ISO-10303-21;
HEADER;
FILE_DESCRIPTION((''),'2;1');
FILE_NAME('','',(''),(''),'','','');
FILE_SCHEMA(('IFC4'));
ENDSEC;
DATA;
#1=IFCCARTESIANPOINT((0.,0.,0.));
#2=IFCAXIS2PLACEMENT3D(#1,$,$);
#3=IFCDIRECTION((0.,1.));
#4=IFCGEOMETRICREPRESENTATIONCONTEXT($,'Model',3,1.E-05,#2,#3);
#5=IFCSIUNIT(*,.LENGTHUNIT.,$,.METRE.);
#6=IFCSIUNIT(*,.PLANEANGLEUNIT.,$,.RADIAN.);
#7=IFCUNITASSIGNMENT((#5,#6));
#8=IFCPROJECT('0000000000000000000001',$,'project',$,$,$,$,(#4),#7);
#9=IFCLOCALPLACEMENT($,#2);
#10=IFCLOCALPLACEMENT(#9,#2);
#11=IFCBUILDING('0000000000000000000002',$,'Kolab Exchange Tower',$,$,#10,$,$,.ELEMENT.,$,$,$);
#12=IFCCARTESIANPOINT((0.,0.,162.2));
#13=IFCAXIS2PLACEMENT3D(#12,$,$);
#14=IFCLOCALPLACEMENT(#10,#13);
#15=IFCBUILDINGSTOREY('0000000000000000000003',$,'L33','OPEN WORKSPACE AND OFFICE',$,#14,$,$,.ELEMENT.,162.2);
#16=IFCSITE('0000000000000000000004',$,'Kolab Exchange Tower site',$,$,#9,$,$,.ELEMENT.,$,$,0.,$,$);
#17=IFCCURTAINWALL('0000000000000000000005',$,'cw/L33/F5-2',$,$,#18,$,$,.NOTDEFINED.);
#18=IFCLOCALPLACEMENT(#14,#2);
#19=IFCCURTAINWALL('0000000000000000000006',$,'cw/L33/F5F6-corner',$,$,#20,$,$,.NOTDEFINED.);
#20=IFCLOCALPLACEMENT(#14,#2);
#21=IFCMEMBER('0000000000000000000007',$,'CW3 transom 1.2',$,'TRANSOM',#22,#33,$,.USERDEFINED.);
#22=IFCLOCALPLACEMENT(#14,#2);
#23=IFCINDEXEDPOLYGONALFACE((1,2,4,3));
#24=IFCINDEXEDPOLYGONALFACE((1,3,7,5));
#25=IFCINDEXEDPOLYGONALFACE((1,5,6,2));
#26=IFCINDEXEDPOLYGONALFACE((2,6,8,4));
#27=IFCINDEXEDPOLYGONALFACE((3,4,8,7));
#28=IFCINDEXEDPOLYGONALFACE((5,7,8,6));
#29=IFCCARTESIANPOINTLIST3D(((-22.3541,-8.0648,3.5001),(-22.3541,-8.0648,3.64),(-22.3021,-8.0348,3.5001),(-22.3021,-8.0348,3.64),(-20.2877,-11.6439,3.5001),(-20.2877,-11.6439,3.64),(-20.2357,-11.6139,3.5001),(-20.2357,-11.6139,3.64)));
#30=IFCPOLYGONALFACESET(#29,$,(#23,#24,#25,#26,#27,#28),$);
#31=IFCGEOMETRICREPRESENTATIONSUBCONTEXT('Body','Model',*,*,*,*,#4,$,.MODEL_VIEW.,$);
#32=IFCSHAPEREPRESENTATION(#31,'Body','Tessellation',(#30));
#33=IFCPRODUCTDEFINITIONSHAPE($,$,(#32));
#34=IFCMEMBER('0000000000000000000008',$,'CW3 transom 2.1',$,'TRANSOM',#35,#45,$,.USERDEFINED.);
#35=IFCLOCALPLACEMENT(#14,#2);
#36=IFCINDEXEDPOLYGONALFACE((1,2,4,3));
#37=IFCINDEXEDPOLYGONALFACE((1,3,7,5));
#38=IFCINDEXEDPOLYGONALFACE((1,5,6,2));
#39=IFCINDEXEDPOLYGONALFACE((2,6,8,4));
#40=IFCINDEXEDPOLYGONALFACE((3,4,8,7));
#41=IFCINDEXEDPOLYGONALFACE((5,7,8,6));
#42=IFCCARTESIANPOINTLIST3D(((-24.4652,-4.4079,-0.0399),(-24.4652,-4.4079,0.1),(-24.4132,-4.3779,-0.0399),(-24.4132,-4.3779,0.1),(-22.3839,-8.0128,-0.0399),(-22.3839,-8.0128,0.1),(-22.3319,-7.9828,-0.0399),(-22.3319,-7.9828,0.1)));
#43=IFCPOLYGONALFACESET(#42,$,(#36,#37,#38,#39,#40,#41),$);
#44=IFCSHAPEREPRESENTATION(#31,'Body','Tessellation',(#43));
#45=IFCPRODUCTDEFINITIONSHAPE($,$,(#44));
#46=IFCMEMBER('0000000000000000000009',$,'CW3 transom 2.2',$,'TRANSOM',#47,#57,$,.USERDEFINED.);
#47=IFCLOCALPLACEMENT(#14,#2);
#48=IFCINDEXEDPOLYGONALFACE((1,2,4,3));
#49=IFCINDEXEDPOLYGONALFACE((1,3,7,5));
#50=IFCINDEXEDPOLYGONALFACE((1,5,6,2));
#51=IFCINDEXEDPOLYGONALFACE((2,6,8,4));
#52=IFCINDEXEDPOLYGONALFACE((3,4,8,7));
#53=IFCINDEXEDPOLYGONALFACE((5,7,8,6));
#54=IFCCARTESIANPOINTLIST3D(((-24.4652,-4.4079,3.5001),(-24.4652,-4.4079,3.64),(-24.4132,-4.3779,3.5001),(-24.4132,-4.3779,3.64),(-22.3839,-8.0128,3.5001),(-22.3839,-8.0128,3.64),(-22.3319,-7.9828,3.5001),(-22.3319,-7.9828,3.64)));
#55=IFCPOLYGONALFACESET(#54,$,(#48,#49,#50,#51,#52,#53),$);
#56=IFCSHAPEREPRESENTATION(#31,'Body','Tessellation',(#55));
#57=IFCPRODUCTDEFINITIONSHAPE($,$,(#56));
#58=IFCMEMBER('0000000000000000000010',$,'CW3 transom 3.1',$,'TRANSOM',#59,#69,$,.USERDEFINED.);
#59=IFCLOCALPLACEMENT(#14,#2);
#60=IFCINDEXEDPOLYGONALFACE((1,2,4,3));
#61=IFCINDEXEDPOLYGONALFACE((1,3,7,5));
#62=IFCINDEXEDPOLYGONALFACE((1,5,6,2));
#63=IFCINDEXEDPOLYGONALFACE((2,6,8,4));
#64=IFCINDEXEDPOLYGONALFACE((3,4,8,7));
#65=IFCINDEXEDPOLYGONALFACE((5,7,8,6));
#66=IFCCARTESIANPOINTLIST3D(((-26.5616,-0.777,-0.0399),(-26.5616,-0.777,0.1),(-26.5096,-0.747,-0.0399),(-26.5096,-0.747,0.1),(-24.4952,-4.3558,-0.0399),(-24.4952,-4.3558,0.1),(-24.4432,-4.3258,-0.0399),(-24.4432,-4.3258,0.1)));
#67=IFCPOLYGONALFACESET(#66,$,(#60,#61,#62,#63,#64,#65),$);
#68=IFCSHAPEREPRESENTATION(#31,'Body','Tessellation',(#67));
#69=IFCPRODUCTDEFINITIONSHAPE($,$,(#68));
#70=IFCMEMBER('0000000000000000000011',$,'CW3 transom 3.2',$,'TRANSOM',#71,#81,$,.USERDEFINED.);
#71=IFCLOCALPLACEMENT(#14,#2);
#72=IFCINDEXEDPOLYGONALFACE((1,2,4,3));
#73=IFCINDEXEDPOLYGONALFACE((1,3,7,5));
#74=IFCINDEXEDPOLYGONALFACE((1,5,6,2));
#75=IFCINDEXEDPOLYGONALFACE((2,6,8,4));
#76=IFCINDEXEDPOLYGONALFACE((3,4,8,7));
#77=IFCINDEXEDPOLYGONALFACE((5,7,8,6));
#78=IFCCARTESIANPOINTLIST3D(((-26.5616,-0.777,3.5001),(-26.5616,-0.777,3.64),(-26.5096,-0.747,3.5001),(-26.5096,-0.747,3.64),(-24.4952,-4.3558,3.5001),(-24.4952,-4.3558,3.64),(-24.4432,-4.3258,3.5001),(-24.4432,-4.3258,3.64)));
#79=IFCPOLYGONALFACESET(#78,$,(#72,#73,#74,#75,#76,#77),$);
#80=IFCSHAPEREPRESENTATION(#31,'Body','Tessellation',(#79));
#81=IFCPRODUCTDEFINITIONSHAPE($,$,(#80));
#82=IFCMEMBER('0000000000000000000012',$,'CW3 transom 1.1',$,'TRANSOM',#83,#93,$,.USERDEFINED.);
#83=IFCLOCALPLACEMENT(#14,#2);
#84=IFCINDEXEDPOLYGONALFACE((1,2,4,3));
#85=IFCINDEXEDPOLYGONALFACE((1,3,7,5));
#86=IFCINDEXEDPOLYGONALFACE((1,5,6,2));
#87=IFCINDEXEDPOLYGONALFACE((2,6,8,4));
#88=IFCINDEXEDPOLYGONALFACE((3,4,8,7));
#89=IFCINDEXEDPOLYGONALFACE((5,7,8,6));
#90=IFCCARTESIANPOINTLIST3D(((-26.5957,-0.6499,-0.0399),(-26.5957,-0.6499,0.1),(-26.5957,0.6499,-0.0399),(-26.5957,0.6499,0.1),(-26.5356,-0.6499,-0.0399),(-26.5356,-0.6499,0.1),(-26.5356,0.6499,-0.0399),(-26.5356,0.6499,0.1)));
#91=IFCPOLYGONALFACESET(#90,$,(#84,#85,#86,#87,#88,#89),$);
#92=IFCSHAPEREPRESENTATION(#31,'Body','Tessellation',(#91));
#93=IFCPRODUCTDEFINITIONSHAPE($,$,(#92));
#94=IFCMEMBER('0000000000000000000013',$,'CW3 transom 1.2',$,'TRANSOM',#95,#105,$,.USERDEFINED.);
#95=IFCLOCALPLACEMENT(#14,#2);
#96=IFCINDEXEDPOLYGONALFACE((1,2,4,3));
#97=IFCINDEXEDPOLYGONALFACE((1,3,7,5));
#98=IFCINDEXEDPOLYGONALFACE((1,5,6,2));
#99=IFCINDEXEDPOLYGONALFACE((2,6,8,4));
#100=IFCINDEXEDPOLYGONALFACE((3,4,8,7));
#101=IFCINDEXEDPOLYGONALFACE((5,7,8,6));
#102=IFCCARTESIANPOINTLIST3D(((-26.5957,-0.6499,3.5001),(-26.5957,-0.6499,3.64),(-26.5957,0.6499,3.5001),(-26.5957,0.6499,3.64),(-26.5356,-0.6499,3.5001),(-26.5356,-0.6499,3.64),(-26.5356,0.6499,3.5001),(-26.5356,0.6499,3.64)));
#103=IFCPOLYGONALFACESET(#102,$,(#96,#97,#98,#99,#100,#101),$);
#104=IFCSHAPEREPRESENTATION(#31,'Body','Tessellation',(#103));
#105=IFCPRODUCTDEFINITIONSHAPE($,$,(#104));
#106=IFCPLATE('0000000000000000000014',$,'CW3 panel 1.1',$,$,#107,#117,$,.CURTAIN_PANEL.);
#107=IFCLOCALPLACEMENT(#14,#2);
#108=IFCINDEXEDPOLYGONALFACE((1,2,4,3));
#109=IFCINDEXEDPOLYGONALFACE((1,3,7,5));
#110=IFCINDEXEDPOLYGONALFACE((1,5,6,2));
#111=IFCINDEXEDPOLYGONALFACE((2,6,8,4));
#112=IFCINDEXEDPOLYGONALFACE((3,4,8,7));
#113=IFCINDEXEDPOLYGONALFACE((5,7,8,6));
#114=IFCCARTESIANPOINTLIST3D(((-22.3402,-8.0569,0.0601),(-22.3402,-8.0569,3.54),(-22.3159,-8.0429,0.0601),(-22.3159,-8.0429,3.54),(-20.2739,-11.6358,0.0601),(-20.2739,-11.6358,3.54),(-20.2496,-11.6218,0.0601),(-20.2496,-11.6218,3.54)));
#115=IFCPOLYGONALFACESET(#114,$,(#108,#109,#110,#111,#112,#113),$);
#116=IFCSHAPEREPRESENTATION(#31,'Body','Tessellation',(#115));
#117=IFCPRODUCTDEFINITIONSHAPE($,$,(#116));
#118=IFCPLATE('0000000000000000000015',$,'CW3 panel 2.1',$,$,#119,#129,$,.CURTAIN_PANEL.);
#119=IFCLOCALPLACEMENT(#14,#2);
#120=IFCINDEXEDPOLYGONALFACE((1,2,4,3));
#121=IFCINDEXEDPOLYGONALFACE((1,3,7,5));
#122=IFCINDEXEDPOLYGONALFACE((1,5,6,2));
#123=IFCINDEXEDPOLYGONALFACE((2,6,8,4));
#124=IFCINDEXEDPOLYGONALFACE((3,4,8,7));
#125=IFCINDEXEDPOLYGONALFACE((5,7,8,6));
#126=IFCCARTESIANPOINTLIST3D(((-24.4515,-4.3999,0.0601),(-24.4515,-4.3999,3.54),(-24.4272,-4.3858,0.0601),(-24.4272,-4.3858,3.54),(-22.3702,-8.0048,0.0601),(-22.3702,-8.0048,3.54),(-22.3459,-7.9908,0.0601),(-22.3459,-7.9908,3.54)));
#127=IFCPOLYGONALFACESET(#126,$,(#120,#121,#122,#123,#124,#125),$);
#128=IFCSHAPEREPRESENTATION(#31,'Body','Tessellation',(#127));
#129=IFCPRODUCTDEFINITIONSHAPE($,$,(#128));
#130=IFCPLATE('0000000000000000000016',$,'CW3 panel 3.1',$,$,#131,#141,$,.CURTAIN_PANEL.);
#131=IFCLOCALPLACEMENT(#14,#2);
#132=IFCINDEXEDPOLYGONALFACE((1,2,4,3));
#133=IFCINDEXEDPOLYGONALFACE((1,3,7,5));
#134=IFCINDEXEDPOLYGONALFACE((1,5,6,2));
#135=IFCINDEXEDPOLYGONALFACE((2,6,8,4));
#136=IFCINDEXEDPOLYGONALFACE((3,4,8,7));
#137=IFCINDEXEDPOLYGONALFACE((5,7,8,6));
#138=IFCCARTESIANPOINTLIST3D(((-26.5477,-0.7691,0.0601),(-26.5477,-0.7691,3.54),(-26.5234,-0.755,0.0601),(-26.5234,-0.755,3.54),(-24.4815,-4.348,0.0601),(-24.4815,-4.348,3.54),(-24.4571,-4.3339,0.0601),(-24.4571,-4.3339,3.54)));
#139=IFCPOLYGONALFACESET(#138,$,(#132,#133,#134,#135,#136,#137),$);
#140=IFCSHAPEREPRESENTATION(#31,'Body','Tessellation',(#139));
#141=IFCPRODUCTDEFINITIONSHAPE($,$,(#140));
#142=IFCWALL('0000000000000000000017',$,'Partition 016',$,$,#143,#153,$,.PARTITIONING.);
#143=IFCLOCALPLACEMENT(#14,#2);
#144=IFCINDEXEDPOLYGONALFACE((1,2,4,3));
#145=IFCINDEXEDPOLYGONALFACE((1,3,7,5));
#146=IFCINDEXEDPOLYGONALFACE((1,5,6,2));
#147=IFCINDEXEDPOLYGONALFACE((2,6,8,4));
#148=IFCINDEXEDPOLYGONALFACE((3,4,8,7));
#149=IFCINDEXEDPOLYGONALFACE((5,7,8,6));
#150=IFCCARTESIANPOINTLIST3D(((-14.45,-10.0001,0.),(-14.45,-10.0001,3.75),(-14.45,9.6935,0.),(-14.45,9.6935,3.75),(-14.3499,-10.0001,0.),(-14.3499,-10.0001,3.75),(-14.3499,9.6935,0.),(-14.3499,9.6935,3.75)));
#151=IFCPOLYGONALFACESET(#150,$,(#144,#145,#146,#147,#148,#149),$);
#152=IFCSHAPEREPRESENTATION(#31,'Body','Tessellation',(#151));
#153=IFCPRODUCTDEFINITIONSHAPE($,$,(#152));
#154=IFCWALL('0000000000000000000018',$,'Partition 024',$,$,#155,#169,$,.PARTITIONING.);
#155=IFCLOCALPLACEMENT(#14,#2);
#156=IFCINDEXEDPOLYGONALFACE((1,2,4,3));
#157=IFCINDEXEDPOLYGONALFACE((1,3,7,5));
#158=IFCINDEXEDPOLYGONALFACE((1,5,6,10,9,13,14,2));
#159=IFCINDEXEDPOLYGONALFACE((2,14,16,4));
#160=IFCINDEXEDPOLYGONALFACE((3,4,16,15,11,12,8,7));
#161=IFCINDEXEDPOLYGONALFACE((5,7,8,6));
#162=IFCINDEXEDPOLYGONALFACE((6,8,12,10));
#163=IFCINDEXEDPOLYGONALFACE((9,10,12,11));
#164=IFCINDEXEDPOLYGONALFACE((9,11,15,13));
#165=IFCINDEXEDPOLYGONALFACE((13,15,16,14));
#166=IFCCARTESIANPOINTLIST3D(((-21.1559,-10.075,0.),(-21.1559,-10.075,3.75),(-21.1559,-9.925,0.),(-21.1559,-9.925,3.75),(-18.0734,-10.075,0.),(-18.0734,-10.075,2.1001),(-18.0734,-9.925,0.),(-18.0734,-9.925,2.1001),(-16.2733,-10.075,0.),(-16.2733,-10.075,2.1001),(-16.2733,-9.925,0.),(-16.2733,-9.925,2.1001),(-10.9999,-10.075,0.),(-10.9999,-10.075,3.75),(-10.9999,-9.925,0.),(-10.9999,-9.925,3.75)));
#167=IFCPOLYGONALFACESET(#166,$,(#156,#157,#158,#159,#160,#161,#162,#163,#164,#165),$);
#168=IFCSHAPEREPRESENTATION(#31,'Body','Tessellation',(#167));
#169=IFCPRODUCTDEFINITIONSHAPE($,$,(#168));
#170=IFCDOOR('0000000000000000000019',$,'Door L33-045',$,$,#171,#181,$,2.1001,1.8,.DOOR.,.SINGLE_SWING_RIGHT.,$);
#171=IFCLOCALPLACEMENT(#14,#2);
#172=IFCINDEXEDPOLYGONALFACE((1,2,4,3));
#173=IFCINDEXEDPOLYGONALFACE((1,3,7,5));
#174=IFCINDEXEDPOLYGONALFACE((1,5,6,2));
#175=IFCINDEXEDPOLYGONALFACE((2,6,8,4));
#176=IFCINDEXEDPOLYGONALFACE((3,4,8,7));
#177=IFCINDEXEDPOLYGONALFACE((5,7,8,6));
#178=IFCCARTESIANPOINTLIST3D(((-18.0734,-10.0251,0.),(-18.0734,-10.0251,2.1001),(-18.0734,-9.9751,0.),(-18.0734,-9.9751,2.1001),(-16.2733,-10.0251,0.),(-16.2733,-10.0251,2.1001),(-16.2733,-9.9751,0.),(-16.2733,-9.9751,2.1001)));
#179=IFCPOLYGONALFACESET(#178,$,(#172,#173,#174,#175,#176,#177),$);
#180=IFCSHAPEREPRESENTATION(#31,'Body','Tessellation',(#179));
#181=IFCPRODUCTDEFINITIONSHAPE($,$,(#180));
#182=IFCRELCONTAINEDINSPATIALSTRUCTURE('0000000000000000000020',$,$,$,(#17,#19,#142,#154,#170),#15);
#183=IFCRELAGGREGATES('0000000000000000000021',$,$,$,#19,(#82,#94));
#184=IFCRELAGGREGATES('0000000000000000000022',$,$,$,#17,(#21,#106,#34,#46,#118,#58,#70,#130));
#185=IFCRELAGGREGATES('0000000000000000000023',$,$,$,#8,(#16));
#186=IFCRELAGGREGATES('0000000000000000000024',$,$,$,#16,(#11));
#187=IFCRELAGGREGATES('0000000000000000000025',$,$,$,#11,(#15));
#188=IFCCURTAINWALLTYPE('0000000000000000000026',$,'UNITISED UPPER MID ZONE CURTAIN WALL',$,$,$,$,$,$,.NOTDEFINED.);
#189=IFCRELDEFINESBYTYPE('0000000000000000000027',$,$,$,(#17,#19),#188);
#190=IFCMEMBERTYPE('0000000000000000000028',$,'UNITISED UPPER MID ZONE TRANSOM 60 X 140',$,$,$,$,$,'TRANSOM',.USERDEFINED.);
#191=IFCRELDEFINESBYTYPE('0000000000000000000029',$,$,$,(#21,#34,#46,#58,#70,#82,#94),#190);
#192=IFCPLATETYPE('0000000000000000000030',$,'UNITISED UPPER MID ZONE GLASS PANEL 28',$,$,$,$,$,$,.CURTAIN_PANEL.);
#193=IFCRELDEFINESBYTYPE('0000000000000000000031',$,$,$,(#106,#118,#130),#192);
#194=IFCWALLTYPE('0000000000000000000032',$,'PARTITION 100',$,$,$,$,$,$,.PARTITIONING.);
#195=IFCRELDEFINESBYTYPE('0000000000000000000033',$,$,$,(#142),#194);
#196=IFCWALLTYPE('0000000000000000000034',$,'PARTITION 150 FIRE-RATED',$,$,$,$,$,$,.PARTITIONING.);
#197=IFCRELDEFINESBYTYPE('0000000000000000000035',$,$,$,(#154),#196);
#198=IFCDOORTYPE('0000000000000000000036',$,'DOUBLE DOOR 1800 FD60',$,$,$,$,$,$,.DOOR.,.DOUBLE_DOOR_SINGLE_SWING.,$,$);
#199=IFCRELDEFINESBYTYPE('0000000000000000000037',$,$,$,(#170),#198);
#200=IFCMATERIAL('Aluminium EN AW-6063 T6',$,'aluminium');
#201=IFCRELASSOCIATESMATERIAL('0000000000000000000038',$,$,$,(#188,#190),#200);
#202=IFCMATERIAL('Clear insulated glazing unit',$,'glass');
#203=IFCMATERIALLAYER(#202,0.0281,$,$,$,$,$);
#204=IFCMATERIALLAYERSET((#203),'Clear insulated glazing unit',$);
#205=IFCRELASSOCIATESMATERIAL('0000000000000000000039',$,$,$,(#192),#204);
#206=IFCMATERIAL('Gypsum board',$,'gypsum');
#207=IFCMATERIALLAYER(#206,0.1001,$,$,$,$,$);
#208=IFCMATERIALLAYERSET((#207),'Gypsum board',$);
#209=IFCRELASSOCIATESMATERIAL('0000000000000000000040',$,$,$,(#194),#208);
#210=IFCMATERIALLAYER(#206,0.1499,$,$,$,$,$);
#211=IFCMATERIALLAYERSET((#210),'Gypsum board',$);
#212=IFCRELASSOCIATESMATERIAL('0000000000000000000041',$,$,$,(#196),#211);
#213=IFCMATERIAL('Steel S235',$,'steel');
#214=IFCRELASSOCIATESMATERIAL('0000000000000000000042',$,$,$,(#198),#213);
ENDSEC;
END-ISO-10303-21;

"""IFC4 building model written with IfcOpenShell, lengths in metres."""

from ifc_helpers import new_model, si_unit, direction, frame, frame_2d, origin, origin_2d, place, context, subcontext, project, spatial, rectangle, extrude, material, layer, layer_set, material_profile, profile_set, type_object, element, fill, aggregate, save


model = new_model("IFC4")

# Units and contexts
model_context = context("Model", 3, precision=1e-05, world=origin(), true_north=direction((0.0, 1.0)))
body_context = subcontext(model_context, "Body", "Model", "MODEL_VIEW")
ifc_project = project(units=[si_unit("LENGTHUNIT", "METRE"), si_unit("PLANEANGLEUNIT", "RADIAN")], contexts=[model_context])

# Site, building, storey
site_placement = place(None, origin())
site = spatial("IfcSite", under=ifc_project, at=site_placement, Name="Kolab Exchange Tower site", CompositionType="ELEMENT", RefElevation=0.0)
building_placement = place(site_placement, origin())
building = spatial("IfcBuilding", under=site, at=building_placement, Name="Kolab Exchange Tower", CompositionType="ELEMENT")
storey_placement = place(building_placement, frame((0.0, 0.0, 162.2)))
storey = spatial("IfcBuildingStorey", under=building, at=storey_placement, Name="L33", Description="OPEN WORKSPACE AND OFFICE", CompositionType="ELEMENT", Elevation=162.2)

# Curtain wall
ifc_material_1 = material(Name="Aluminium EN AW-6063 T6", Category="aluminium")
curtain_wall_type = type_object("IfcCurtainWallType", Name="UNITISED UPPER MID ZONE CURTAIN WALL", PredefinedType="NOTDEFINED", material=ifc_material_1)
curtain_wall_1_placement = place(storey_placement, origin())
curtain_wall_1 = element("IfcCurtainWall", 1, at=curtain_wall_1_placement, inside=storey, type_object=curtain_wall_type, Name="cw/L33/F5-2", PredefinedType="NOTDEFINED")

# Curtain wall
curtain_wall_2_placement = place(storey_placement, origin())
curtain_wall_2 = element("IfcCurtainWall", 2, at=curtain_wall_2_placement, inside=storey, type_object=curtain_wall_type, Name="cw/L33/F5F6-corner", PredefinedType="NOTDEFINED")

# Members
ifc_material_profile_1 = material_profile(ifc_material_1, rectangle(XDim=0.0601, YDim=0.1399, at=origin_2d()), Name="RECT 60X140")
ifc_profile_set_1 = profile_set([ifc_material_profile_1], Name="Aluminium EN AW-6063 T6")
member_type_1 = type_object("IfcMemberType", Name="UNITISED UPPER MID ZONE TRANSOM 60 X 140", ElementType="TRANSOM", PredefinedType="USERDEFINED", material=ifc_profile_set_1)
member_1_placement = place(storey_placement, frame((-20.2617, -11.6289, 3.5701), z_axis=(-0.500002, 0.866024, 0.0), x_axis=(-0.866024, -0.500002, 0.0)))
member_1 = element("IfcMember", 3, at=member_1_placement, type_object=member_type_1, Name="CW3 transom 1.2", ObjectType="TRANSOM", PredefinedType="USERDEFINED", context=body_context, shape_type="SweptSolid", body=[
    extrude(rectangle(XDim=0.0601, YDim=0.1399, at=origin_2d()), origin(), (0.0, 0.0, 1.0), 4.1328),
])
member_2_placement = place(storey_placement, frame((-22.3579, -7.9978, 0.03), z_axis=(-0.499993, 0.866029, 0.0), x_axis=(-0.866029, -0.499993, 0.0)))
member_2 = element("IfcMember", 4, at=member_2_placement, type_object=member_type_1, Name="CW3 transom 2.1", ObjectType="TRANSOM", PredefinedType="USERDEFINED", context=body_context, shape_type="SweptSolid", body=[
    extrude(rectangle(XDim=0.0601, YDim=0.1399, at=origin_2d()), origin(), (0.0, 0.0, 1.0), 4.1626),
])
member_3_placement = place(storey_placement, frame((-22.3579, -7.9978, 3.5701), z_axis=(-0.499993, 0.866029, 0.0), x_axis=(-0.866029, -0.499993, 0.0)))
member_3 = element("IfcMember", 5, at=member_3_placement, type_object=member_type_1, Name="CW3 transom 2.2", ObjectType="TRANSOM", PredefinedType="USERDEFINED", context=body_context, shape_type="SweptSolid", body=[
    extrude(rectangle(XDim=0.0601, YDim=0.1399, at=origin_2d()), origin(), (0.0, 0.0, 1.0), 4.1626),
])
member_4_placement = place(storey_placement, frame((-24.4692, -4.3408, 0.03), z_axis=(-0.500028, 0.866009, 0.0), x_axis=(-0.866009, -0.500028, 0.0)))
member_4 = element("IfcMember", 6, at=member_4_placement, type_object=member_type_1, Name="CW3 transom 3.1", ObjectType="TRANSOM", PredefinedType="USERDEFINED", context=body_context, shape_type="SweptSolid", body=[
    extrude(rectangle(XDim=0.0601, YDim=0.1399, at=origin_2d()), origin(), (0.0, 0.0, 1.0), 4.1326),
])
member_5_placement = place(storey_placement, frame((-24.4692, -4.3408, 3.5701), z_axis=(-0.500028, 0.866009, 0.0), x_axis=(-0.866009, -0.500028, 0.0)))
member_5 = element("IfcMember", 7, at=member_5_placement, type_object=member_type_1, Name="CW3 transom 3.2", ObjectType="TRANSOM", PredefinedType="USERDEFINED", context=body_context, shape_type="SweptSolid", body=[
    extrude(rectangle(XDim=0.0601, YDim=0.1399, at=origin_2d()), origin(), (0.0, 0.0, 1.0), 4.1326),
])
member_6_placement = place(storey_placement, frame((-26.5657, -0.6499, 0.03), z_axis=(0.0, 1.0, 0.0), x_axis=(-1.0, 0.0, 0.0)))
member_6 = element("IfcMember", 8, at=member_6_placement, type_object=member_type_1, Name="CW3 transom 1.1", ObjectType="TRANSOM", PredefinedType="USERDEFINED", context=body_context, shape_type="SweptSolid", body=[
    extrude(rectangle(XDim=0.0601, YDim=0.1399, at=origin_2d()), origin(), (0.0, 0.0, 1.0), 1.2998),
])
member_7_placement = place(storey_placement, frame((-26.5657, -0.6499, 3.5701), z_axis=(0.0, 1.0, 0.0), x_axis=(-1.0, 0.0, 0.0)))
member_7 = element("IfcMember", 9, at=member_7_placement, type_object=member_type_1, Name="CW3 transom 1.2", ObjectType="TRANSOM", PredefinedType="USERDEFINED", context=body_context, shape_type="SweptSolid", body=[
    extrude(rectangle(XDim=0.0601, YDim=0.1399, at=origin_2d()), origin(), (0.0, 0.0, 1.0), 1.2998),
])
aggregate(curtain_wall_2, [member_6, member_7])

# Plates
ifc_material_2 = material(Name="Clear insulated glazing unit", Category="glass")
ifc_layer_1 = layer(ifc_material_2, 0.0281)
ifc_layer_set_1 = layer_set([ifc_layer_1], Name="Clear insulated glazing unit")
plate_type = type_object("IfcPlateType", Name="UNITISED UPPER MID ZONE GLASS PANEL 28", PredefinedType="CURTAIN_PANEL", material=ifc_layer_set_1)
plate_1_placement = place(storey_placement, frame((-21.2949, -9.8394, 0.0601), z_axis=(0.0, 0.0, 1.0), x_axis=(-0.5, 0.866025, 0.0)))
plate_1 = element("IfcPlate", 10, at=plate_1_placement, type_object=plate_type, Name="CW3 panel 1.1", PredefinedType="CURTAIN_PANEL", context=body_context, shape_type="SweptSolid", body=[
    extrude(rectangle(XDim=4.1326, YDim=0.0281, at=origin_2d()), origin(), (0.0, 0.0, 1.0), 3.48),
])
plate_2_placement = place(storey_placement, frame((-23.3987, -6.1953, 0.0601), z_axis=(0.0, 0.0, 1.0), x_axis=(-0.5, 0.866025, 0.0)))
plate_2 = element("IfcPlate", 11, at=plate_2_placement, type_object=plate_type, Name="CW3 panel 2.1", PredefinedType="CURTAIN_PANEL", context=body_context, shape_type="SweptSolid", body=[
    extrude(rectangle(XDim=4.1626, YDim=0.0281, at=origin_2d()), origin(), (0.0, 0.0, 1.0), 3.48),
])
plate_3_placement = place(storey_placement, frame((-25.5024, -2.5515, 0.0601), z_axis=(0.0, 0.0, 1.0), x_axis=(-0.5, 0.866025, 0.0)))
plate_3 = element("IfcPlate", 12, at=plate_3_placement, type_object=plate_type, Name="CW3 panel 3.1", PredefinedType="CURTAIN_PANEL", context=body_context, shape_type="SweptSolid", body=[
    extrude(rectangle(XDim=4.1326, YDim=0.0281, at=origin_2d()), origin(), (0.0, 0.0, 1.0), 3.48),
])
aggregate(curtain_wall_1, [member_1, plate_1, member_2, member_3, plate_2, member_4, member_5, plate_3])

# Wall
ifc_material_3 = material(Name="Gypsum board", Category="gypsum")
ifc_layer_2 = layer(ifc_material_3, 0.1001)
ifc_layer_set_2 = layer_set([ifc_layer_2], Name="Gypsum board")
wall_type_1 = type_object("IfcWallType", Name="PARTITION 100", PredefinedType="PARTITIONING", material=ifc_layer_set_2)
wall_1_placement = place(storey_placement, frame((-14.3999, -10.0, 0.0), z_axis=(0.0, 0.0, 1.0), x_axis=(0.0, 1.0, 0.0)))
element("IfcWall", 13, at=wall_1_placement, inside=storey, type_object=wall_type_1, Name="Partition 016", PredefinedType="PARTITIONING", context=body_context, shape_type="SweptSolid", body=[
    extrude(rectangle(XDim=19.6936, YDim=0.1001, at=frame_2d((9.8467, 0.0))), origin(), (0.0, 0.0, 1.0), 3.75),
])

# Wall, opening, door
ifc_layer_3 = layer(ifc_material_3, 0.1499)
ifc_layer_set_3 = layer_set([ifc_layer_3], Name="Gypsum board")
wall_type_2 = type_object("IfcWallType", Name="PARTITION 150 FIRE-RATED", PredefinedType="PARTITIONING", material=ifc_layer_set_3)
wall_2_placement = place(storey_placement, frame((-21.156, -10.0, 0.0), z_axis=(0.0, 0.0, 1.0), x_axis=(1.0, 0.0, 0.0)))
wall_2 = element("IfcWall", 14, at=wall_2_placement, inside=storey, type_object=wall_type_2, Name="Partition 024", PredefinedType="PARTITIONING", context=body_context, shape_type="SweptSolid", body=[
    extrude(rectangle(XDim=10.156, YDim=0.1499, at=frame_2d((5.0781, 0.0))), origin(), (0.0, 0.0, 1.0), 3.75),
])
opening_placement = place(wall_2_placement, frame((3.0828, 0.0, 0.0)))
opening = element("IfcOpeningElement", 15, at=opening_placement, cuts=wall_2, PredefinedType="OPENING", context=body_context, shape_type="SweptSolid", body=[
    extrude(rectangle(XDim=1.8, YDim=2.1001, at=frame_2d((0.8999, 1.05))), frame((0.0, 0.085, 0.0), z_axis=(0.0, -1.0, 0.0), x_axis=(1.0, 0.0, 0.0)), (0.0, 0.0, 1.0), 0.1699),
])
ifc_material_4 = material(Name="Steel S235", Category="steel")
door_type = type_object("IfcDoorType", Name="DOUBLE DOOR 1800 FD60", OperationType="DOUBLE_DOOR_SINGLE_SWING", PredefinedType="DOOR", material=ifc_material_4)
door_placement = place(opening_placement, origin())
door = element("IfcDoor", 16, at=door_placement, inside=storey, type_object=door_type, Name="Door L33-045", OperationType="SINGLE_SWING_RIGHT", OverallHeight=2.1001, OverallWidth=1.8, PredefinedType="DOOR", context=body_context, shape_type="SweptSolid", body=[
    extrude(rectangle(XDim=1.8, YDim=2.1001, at=frame_2d((0.8999, 1.05))), frame((0.0, 0.0249, 0.0), z_axis=(0.0, -1.0, 0.0), x_axis=(1.0, 0.0, 0.0)), (0.0, 0.0, 1.0), 0.05),
])
fill(opening, door)

save(model, "model.ifc")
